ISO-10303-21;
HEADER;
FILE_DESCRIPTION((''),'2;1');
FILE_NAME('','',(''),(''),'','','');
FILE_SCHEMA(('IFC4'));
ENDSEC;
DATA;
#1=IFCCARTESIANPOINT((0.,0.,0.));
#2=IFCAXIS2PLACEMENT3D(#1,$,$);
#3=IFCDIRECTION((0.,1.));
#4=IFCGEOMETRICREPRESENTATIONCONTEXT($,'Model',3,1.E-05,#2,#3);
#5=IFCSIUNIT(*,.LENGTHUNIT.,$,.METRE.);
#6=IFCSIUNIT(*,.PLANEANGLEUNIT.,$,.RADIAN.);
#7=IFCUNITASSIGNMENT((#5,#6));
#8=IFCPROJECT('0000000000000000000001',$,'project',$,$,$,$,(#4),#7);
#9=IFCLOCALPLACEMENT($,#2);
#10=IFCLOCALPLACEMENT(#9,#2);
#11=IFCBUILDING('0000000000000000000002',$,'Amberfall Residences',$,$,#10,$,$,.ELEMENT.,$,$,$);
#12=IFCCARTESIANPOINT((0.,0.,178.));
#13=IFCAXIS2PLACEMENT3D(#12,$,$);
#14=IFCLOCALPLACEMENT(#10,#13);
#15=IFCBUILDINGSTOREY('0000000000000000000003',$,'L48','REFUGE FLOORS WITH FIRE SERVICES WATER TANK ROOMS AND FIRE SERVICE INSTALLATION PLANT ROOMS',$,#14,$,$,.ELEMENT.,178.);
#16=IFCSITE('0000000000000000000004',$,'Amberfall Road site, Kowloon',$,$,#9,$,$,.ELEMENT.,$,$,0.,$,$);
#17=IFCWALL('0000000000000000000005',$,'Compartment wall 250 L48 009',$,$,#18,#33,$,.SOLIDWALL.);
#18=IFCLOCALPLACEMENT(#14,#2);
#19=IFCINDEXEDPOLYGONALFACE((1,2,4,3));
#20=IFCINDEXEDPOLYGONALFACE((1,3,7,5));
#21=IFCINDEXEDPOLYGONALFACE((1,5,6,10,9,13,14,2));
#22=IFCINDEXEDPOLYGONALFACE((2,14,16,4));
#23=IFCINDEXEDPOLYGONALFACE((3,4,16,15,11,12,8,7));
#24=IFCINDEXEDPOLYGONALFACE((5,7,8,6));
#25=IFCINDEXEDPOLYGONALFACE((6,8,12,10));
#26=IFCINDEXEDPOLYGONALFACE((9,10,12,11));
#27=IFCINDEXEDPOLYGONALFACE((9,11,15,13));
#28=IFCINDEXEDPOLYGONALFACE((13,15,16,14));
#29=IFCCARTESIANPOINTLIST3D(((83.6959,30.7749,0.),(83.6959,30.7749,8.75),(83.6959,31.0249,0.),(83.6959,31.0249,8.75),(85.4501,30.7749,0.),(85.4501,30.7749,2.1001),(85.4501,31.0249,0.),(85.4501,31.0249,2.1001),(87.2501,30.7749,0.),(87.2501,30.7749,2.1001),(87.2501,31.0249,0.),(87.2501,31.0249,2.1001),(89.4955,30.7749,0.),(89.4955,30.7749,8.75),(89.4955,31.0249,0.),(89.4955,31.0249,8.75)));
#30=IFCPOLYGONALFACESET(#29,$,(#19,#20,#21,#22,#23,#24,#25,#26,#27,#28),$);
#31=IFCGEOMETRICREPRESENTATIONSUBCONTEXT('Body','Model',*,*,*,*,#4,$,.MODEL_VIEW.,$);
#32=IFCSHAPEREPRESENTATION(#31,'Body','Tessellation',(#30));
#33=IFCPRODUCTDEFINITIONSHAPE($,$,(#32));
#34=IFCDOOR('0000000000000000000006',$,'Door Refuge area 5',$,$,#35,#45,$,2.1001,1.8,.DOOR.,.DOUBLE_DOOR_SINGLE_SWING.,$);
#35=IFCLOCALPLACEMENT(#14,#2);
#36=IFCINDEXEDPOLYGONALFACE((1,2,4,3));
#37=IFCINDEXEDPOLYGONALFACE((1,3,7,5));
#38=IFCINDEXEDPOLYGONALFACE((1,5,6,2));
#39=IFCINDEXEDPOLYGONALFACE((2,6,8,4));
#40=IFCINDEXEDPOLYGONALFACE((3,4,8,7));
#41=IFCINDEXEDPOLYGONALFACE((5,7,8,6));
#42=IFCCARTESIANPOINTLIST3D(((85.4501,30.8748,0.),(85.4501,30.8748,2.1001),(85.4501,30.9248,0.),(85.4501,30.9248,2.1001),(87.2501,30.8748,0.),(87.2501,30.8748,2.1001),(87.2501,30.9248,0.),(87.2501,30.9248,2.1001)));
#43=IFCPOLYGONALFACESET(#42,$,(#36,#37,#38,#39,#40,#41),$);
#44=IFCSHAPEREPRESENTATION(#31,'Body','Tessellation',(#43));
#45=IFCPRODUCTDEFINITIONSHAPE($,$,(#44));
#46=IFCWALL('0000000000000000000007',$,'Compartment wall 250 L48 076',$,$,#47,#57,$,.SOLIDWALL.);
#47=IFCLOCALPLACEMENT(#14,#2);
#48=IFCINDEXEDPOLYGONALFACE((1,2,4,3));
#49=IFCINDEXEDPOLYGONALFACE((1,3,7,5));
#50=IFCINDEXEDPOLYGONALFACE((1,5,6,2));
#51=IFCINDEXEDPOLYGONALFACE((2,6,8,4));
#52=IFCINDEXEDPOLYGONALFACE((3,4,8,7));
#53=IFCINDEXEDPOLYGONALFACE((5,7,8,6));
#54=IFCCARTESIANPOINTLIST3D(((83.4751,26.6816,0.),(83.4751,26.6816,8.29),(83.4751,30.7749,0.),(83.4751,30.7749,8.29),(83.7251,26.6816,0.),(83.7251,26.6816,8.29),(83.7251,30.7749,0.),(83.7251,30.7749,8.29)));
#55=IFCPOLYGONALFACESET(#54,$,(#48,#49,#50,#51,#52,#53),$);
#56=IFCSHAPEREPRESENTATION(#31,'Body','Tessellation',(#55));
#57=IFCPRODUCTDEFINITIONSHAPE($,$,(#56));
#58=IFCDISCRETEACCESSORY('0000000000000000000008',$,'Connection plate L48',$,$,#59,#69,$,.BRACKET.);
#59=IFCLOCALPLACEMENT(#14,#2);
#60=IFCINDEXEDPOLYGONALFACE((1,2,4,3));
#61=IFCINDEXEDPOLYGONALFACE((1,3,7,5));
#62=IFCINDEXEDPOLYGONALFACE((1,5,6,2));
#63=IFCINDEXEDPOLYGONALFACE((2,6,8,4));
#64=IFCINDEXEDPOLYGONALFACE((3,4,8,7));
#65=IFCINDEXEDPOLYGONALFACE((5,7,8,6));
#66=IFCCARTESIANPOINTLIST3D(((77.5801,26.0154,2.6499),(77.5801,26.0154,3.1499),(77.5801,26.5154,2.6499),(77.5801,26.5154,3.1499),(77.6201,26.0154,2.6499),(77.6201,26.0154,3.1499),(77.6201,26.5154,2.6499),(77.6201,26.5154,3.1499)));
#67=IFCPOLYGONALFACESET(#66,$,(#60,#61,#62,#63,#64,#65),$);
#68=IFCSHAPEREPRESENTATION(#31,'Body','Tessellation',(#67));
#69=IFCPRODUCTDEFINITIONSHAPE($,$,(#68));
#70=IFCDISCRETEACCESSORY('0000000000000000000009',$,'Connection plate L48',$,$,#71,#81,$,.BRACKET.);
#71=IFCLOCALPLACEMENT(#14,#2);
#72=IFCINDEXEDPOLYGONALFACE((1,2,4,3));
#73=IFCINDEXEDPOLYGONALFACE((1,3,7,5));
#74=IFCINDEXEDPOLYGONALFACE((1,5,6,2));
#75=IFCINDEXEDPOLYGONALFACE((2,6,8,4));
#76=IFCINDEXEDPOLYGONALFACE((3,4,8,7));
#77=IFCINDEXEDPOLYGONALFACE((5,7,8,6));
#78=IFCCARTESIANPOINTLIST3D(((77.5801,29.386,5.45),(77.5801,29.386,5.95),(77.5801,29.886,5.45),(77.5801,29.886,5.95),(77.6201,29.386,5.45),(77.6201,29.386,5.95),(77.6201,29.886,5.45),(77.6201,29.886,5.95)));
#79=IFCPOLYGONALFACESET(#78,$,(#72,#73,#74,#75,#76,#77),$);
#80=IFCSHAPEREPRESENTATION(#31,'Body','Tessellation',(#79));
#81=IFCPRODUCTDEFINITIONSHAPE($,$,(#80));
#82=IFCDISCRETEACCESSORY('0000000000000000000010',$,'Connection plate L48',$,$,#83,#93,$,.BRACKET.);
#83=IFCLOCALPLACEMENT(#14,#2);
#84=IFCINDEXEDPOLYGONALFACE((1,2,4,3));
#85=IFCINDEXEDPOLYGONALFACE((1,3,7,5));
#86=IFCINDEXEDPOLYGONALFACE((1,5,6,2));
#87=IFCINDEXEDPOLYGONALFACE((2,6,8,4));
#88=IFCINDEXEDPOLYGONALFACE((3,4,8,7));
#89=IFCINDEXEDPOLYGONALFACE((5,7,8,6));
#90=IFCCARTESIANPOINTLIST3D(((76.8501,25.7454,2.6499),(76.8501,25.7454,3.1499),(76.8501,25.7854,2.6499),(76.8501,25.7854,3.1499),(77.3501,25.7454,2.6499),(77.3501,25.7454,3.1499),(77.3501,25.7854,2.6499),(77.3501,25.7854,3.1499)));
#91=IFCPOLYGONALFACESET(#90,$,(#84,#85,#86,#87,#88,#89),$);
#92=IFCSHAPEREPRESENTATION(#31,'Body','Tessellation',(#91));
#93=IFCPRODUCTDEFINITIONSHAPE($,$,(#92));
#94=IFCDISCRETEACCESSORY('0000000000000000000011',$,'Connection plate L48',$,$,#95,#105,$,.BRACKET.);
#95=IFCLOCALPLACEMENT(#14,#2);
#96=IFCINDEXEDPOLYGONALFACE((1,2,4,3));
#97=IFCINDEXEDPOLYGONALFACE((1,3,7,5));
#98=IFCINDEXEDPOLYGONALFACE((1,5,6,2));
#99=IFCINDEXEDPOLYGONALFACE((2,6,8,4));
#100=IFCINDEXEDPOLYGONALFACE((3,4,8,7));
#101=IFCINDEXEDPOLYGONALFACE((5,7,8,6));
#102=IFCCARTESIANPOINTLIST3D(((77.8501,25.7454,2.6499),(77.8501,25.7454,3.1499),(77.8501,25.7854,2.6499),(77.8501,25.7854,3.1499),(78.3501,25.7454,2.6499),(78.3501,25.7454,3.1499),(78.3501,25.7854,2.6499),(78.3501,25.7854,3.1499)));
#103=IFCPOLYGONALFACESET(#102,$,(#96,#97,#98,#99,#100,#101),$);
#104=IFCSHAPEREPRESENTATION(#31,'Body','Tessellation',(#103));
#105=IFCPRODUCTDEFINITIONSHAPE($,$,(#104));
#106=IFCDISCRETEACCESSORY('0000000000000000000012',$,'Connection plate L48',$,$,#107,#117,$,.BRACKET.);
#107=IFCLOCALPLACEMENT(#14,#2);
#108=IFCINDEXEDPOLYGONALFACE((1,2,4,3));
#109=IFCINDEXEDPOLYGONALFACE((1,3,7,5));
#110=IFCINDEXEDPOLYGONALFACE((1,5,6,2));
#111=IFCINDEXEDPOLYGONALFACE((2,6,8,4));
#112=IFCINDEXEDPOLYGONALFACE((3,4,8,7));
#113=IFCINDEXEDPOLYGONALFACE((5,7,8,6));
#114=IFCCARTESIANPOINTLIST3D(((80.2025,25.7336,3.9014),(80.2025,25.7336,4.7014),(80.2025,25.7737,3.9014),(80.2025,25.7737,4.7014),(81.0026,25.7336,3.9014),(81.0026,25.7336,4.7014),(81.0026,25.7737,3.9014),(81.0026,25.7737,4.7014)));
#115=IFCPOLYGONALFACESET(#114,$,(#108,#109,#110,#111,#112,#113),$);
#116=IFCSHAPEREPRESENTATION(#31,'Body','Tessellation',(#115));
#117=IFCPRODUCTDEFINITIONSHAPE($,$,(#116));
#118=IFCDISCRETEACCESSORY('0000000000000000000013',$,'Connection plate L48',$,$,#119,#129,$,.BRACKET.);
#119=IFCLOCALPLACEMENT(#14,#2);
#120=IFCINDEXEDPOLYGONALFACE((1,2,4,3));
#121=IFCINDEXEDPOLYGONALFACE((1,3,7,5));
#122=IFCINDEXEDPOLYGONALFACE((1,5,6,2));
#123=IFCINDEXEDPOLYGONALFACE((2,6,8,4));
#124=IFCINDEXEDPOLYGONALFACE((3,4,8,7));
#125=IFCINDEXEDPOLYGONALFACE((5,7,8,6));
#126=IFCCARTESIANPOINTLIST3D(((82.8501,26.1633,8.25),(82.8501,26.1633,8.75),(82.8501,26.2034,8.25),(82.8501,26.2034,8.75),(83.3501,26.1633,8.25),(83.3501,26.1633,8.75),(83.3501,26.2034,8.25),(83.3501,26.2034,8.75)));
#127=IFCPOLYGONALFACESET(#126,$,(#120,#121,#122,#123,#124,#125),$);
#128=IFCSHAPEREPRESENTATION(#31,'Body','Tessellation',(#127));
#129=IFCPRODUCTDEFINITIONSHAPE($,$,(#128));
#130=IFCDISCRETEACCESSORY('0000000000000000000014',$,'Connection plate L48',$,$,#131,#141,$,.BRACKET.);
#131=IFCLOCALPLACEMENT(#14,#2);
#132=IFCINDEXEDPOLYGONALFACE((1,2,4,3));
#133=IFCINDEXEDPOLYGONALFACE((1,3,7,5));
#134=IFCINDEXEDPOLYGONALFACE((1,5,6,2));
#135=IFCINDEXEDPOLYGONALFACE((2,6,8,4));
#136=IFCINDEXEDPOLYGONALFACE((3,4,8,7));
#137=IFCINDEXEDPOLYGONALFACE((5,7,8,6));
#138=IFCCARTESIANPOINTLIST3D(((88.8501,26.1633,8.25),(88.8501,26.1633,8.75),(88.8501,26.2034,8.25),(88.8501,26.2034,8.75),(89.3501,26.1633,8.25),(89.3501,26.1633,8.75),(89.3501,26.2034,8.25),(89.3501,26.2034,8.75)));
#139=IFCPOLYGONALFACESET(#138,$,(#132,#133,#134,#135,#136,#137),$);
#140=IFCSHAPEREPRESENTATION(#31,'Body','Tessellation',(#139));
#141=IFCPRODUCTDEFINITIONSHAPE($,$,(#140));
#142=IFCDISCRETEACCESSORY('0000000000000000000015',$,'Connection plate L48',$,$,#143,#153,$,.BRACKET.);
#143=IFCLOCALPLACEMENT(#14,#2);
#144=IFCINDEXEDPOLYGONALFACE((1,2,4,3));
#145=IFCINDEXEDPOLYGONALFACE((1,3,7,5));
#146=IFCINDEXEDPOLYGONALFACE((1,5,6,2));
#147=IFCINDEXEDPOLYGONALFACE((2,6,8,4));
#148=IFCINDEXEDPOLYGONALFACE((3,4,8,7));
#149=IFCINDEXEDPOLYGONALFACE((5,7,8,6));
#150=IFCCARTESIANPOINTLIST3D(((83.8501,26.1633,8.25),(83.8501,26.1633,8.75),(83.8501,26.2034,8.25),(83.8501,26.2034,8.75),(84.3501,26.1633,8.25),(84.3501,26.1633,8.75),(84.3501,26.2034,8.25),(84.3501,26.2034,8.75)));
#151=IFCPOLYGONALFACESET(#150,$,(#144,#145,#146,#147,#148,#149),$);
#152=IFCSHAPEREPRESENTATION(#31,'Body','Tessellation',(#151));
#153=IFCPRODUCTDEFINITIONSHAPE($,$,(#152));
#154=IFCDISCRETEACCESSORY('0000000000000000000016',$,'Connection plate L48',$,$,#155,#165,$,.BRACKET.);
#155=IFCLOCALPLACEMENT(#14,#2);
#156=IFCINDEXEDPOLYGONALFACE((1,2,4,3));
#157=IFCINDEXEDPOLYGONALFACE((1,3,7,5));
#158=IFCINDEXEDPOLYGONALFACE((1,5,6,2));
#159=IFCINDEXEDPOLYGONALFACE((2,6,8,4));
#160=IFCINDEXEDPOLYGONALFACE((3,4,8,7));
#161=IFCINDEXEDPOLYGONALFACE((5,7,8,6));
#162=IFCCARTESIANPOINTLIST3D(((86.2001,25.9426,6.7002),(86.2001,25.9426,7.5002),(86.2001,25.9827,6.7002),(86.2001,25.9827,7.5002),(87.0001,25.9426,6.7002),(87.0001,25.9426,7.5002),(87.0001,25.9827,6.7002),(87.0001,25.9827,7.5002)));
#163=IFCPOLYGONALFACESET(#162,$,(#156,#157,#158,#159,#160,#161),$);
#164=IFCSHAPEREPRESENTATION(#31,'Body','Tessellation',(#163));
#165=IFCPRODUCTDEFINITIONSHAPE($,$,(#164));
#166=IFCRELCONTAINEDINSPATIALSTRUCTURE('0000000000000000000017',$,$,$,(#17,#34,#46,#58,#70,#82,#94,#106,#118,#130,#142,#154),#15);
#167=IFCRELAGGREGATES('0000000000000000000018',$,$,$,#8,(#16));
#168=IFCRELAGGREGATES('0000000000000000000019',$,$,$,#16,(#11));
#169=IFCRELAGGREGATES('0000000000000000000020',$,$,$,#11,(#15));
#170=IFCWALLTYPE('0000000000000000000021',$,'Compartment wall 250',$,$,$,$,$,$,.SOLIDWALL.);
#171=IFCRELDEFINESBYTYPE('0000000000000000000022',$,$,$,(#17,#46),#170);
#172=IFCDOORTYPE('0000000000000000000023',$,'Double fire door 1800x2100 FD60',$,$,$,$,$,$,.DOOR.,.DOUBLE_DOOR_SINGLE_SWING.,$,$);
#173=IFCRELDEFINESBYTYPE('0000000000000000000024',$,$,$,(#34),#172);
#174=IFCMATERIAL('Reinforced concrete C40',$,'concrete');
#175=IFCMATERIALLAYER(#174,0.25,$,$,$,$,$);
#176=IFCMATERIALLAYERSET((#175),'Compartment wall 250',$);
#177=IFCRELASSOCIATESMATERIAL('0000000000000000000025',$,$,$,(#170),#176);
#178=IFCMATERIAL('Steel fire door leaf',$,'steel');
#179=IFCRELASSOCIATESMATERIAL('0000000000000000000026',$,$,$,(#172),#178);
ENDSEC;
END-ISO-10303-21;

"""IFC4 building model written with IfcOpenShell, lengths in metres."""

from ifc_helpers import new_model, si_unit, direction, frame, frame_2d, origin, origin_2d, place, context, subcontext, project, spatial, rectangle, extrude, material, layer, layer_set, type_object, element, fill, save


model = new_model("IFC4")

# Units and contexts
model_context = context("Model", 3, precision=1e-05, world=origin(), true_north=direction((0.0, 1.0)))
body_context = subcontext(model_context, "Body", "Model", "MODEL_VIEW")
ifc_project = project(units=[si_unit("LENGTHUNIT", "METRE"), si_unit("PLANEANGLEUNIT", "RADIAN")], contexts=[model_context])

# Site, building, storey
site_placement = place(None, origin())
site = spatial("IfcSite", under=ifc_project, at=site_placement, Name="Amberfall Road site, Kowloon", CompositionType="ELEMENT", RefElevation=0.0)
building_placement = place(site_placement, origin())
building = spatial("IfcBuilding", under=site, at=building_placement, Name="Amberfall Residences", CompositionType="ELEMENT")
storey_placement = place(building_placement, frame((0.0, 0.0, 178.0)))
storey = spatial("IfcBuildingStorey", under=building, at=storey_placement, Name="L48", Description="REFUGE FLOORS WITH FIRE SERVICES WATER TANK ROOMS AND FIRE SERVICE INSTALLATION PLANT ROOMS", CompositionType="ELEMENT", Elevation=178.0)

# Shared definitions
ifc_material_1 = material(Name="Reinforced concrete C40", Category="concrete")
ifc_layer = layer(ifc_material_1, 0.25)
ifc_layer_set = layer_set([ifc_layer], Name="Compartment wall 250")
wall_type = type_object("IfcWallType", Name="Compartment wall 250", PredefinedType="SOLIDWALL", material=ifc_layer_set)
ifc_material_2 = material(Name="Steel fire door leaf", Category="steel")

# Wall, opening, door
wall_1_placement = place(storey_placement, frame((83.6958, 30.8999, 0.0), z_axis=(0.0, 0.0, 1.0), x_axis=(1.0, 0.0, 0.0)))
wall_1 = element("IfcWall", 1, at=wall_1_placement, inside=storey, type_object=wall_type, Name="Compartment wall 250 L48 009", PredefinedType="SOLIDWALL", context=body_context, shape_type="SweptSolid", body=[
    extrude(rectangle(XDim=5.7996, YDim=0.25, at=frame_2d((2.8999, 0.0))), origin(), (0.0, 0.0, 1.0), 8.75),
])
opening_1_placement = place(wall_1_placement, frame((1.7544, 0.0, 0.0)))
opening_1 = element("IfcOpeningElement", 2, at=opening_1_placement, cuts=wall_1, PredefinedType="OPENING", context=body_context, shape_type="SweptSolid", body=[
    extrude(rectangle(XDim=1.8, YDim=2.1001, at=frame_2d((0.8999, 1.05))), frame((0.0, 0.135, 0.0), z_axis=(0.0, -1.0, 0.0), x_axis=(1.0, 0.0, 0.0)), (0.0, 0.0, 1.0), 0.27),
])
door_type_1 = type_object("IfcDoorType", Name="Double fire door 1800x2100 FD60", OperationType="DOUBLE_DOOR_SINGLE_SWING", PredefinedType="DOOR", material=ifc_material_2)
door_1_placement = place(opening_1_placement, origin())
door_1 = element("IfcDoor", 3, at=door_1_placement, inside=storey, type_object=door_type_1, Name="Door Refuge area 5", OperationType="DOUBLE_DOOR_SINGLE_SWING", OverallHeight=2.1001, OverallWidth=1.8, PredefinedType="DOOR", context=body_context, shape_type="SweptSolid", body=[
    extrude(rectangle(XDim=1.8, YDim=2.1001, at=frame_2d((0.8999, 1.05))), frame((0.0, 0.0249, 0.0), z_axis=(0.0, -1.0, 0.0), x_axis=(1.0, 0.0, 0.0)), (0.0, 0.0, 1.0), 0.05),
])
fill(opening_1, door_1)

# Wall
wall_2_placement = place(storey_placement, frame((83.6001, 26.6816, 0.0), z_axis=(0.0, 0.0, 1.0), x_axis=(0.0, 1.0, 0.0)))
element("IfcWall", 4, at=wall_2_placement, inside=storey, type_object=wall_type, Name="Compartment wall 250 L48 076", PredefinedType="SOLIDWALL", context=body_context, shape_type="SweptSolid", body=[
    extrude(rectangle(XDim=4.0933, YDim=0.25, at=frame_2d((2.0466, 0.0))), origin(), (0.0, 0.0, 1.0), 8.29),
])

# Discrete accessories
for number, where, z_axis, x_axis, name in (
    (5, (77.6001, 26.2654, 2.6499), (0.0, 0.0, 1.0), (0.0, 1.0, 0.0), "Connection plate L48"),
    (6, (77.6001, 29.636, 5.45), (0.0, 0.0, 1.0), (0.0, 1.0, 0.0), "Connection plate L48"),
    (7, (77.1001, 25.7654, 2.6499), (0.0, 0.0, 1.0), (1.0, 0.0, 0.0), "Connection plate L48"),
    (8, (78.1001, 25.7654, 2.6499), (0.0, 0.0, 1.0), (1.0, 0.0, 0.0), "Connection plate L48"),
):
    element("IfcDiscreteAccessory", number, at=place(storey_placement, frame(where, z_axis=z_axis, x_axis=x_axis)), inside=storey, Name=name, PredefinedType="BRACKET", context=body_context, shape_type="SweptSolid", body=[
        extrude(rectangle(XDim=0.5, YDim=0.04, at=origin_2d()), origin(), (0.0, 0.0, 1.0), 0.5),
    ])
discrete_accessory_1_placement = place(storey_placement, frame((80.6025, 25.7537, 3.9014), z_axis=(0.0, 0.0, 1.0), x_axis=(1.0, 0.0, 0.0)))
element("IfcDiscreteAccessory", 9, at=discrete_accessory_1_placement, inside=storey, Name="Connection plate L48", PredefinedType="BRACKET", context=body_context, shape_type="SweptSolid", body=[
    extrude(rectangle(XDim=0.8, YDim=0.04, at=origin_2d()), origin(), (0.0, 0.0, 1.0), 0.8),
])
for number, where, z_axis, x_axis, name in (
    (10, (83.1001, 26.1833, 8.25), (0.0, 0.0, 1.0), (1.0, 0.0, 0.0), "Connection plate L48"),
    (11, (89.1001, 26.1833, 8.25), (0.0, 0.0, 1.0), (1.0, 0.0, 0.0), "Connection plate L48"),
    (12, (84.1001, 26.1833, 8.25), (0.0, 0.0, 1.0), (1.0, 0.0, 0.0), "Connection plate L48"),
):
    element("IfcDiscreteAccessory", number, at=place(storey_placement, frame(where, z_axis=z_axis, x_axis=x_axis)), inside=storey, Name=name, PredefinedType="BRACKET", context=body_context, shape_type="SweptSolid", body=[
        extrude(rectangle(XDim=0.5, YDim=0.04, at=origin_2d()), origin(), (0.0, 0.0, 1.0), 0.5),
    ])
discrete_accessory_2_placement = place(storey_placement, frame((86.6001, 25.9626, 6.7002), z_axis=(0.0, 0.0, 1.0), x_axis=(1.0, 0.0, 0.0)))
element("IfcDiscreteAccessory", 13, at=discrete_accessory_2_placement, inside=storey, Name="Connection plate L48", PredefinedType="BRACKET", context=body_context, shape_type="SweptSolid", body=[
    extrude(rectangle(XDim=0.8, YDim=0.04, at=origin_2d()), origin(), (0.0, 0.0, 1.0), 0.8),
])

save(model, "model.ifc")
